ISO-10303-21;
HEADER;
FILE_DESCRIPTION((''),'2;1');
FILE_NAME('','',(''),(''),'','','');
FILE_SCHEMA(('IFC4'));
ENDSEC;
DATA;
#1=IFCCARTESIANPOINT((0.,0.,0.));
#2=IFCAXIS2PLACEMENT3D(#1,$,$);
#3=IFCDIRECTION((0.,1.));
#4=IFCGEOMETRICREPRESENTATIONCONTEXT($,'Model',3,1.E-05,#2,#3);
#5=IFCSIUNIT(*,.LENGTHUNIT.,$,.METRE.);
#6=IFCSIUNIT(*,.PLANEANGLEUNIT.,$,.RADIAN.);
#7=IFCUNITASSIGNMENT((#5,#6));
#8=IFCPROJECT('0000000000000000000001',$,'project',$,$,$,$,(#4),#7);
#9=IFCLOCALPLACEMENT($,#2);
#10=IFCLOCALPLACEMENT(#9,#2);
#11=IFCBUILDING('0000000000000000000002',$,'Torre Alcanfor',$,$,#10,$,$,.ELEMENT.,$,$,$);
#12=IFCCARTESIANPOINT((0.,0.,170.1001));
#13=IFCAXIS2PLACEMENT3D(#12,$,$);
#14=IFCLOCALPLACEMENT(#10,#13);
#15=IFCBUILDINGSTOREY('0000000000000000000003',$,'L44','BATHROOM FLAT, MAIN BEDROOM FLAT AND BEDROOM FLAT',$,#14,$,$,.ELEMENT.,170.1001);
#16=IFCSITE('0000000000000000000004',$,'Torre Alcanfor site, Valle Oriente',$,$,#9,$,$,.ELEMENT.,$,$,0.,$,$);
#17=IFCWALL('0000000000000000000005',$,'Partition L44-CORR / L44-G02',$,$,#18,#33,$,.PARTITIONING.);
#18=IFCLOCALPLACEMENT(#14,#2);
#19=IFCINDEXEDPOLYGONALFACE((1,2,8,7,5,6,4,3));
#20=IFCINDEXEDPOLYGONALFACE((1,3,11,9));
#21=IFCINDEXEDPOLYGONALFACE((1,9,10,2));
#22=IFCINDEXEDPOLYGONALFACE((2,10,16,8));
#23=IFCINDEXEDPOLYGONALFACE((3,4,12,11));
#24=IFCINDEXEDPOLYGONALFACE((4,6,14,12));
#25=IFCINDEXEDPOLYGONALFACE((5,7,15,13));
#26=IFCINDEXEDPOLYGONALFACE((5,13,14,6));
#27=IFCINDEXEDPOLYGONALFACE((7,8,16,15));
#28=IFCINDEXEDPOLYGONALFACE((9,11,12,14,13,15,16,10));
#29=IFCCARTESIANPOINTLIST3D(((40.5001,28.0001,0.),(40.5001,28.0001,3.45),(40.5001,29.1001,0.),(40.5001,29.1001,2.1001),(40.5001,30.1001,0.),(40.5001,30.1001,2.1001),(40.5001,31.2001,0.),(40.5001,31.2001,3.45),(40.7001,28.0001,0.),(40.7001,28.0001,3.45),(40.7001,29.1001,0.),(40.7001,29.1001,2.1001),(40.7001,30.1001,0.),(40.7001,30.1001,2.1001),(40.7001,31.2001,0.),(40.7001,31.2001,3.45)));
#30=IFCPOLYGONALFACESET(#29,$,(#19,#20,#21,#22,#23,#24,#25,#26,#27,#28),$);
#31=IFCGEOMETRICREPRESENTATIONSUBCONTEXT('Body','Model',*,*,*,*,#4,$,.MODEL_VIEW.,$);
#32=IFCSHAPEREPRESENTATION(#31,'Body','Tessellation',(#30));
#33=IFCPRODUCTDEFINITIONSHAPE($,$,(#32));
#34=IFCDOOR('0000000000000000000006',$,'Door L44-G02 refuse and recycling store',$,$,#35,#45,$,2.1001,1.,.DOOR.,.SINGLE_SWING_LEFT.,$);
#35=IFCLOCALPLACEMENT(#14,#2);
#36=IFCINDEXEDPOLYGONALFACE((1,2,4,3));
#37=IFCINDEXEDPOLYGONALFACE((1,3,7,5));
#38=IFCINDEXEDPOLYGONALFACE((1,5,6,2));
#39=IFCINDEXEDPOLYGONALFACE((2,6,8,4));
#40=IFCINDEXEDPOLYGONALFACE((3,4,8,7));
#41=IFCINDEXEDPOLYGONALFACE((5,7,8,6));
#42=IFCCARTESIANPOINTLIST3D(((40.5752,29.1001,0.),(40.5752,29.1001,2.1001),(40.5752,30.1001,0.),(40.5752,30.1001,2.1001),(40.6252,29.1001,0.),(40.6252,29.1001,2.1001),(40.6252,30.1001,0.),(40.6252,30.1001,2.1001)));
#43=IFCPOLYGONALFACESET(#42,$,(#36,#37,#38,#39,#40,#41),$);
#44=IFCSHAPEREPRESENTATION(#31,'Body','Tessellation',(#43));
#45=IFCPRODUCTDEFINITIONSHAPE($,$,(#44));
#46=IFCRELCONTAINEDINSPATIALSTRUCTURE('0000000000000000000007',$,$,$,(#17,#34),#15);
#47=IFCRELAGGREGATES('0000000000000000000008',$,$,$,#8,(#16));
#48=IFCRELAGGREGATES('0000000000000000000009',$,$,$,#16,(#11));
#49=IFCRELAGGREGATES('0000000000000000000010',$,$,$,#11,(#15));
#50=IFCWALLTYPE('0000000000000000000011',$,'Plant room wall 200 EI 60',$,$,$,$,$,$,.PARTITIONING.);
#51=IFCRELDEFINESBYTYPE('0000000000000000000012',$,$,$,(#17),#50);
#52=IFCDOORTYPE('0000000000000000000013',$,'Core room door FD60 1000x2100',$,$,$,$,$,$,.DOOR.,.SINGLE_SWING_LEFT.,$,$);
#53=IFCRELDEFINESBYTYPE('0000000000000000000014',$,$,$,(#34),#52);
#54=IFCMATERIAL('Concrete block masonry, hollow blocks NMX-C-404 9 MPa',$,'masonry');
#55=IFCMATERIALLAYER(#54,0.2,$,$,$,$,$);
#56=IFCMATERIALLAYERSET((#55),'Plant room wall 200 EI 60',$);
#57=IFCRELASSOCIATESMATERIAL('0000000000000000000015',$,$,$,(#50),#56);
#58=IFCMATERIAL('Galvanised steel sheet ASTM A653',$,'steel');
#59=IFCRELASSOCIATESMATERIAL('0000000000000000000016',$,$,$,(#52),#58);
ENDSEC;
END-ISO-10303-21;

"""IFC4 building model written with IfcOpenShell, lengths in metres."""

from ifc_helpers import new_model, si_unit, direction, frame, frame_2d, origin, place, context, subcontext, project, spatial, rectangle, extrude, material, layer, layer_set, type_object, element, fill, save


model = new_model("IFC4")

# Units and contexts
model_context = context("Model", 3, precision=1e-05, world=origin(), true_north=direction((0.0, 1.0)))
body_context = subcontext(model_context, "Body", "Model", "MODEL_VIEW")
ifc_project = project(units=[si_unit("LENGTHUNIT", "METRE"), si_unit("PLANEANGLEUNIT", "RADIAN")], contexts=[model_context])

# Site, building, storey
site_placement = place(None, origin())
site = spatial("IfcSite", under=ifc_project, at=site_placement, Name="Torre Alcanfor site, Valle Oriente", CompositionType="ELEMENT", RefElevation=0.0)
building_placement = place(site_placement, origin())
building = spatial("IfcBuilding", under=site, at=building_placement, Name="Torre Alcanfor", CompositionType="ELEMENT")
storey_placement = place(building_placement, frame((0.0, 0.0, 170.1001)))
storey = spatial("IfcBuildingStorey", under=building, at=storey_placement, Name="L44", Description="BATHROOM FLAT, MAIN BEDROOM FLAT AND BEDROOM FLAT", CompositionType="ELEMENT", Elevation=170.1001)

# Shared definitions
ifc_material_1 = material(Name="Concrete block masonry, hollow blocks NMX-C-404 9 MPa", Category="masonry")
ifc_layer_1 = layer(ifc_material_1, 0.2)
ifc_layer_set_1 = layer_set([ifc_layer_1], Name="Plant room wall 200 EI 60")
wall_type_1 = type_object("IfcWallType", Name="Plant room wall 200 EI 60", PredefinedType="PARTITIONING", material=ifc_layer_set_1)

# Wall, opening, door
wall_1_placement = place(storey_placement, frame((40.6001, 28.0, 0.0), z_axis=(0.0, 0.0, 1.0), x_axis=(0.0, 1.0, 0.0)))
wall_1 = element("IfcWall", 1, at=wall_1_placement, inside=storey, type_object=wall_type_1, Name="Partition L44-CORR / L44-G02", PredefinedType="PARTITIONING", context=body_context, shape_type="SweptSolid", body=[
    extrude(rectangle(XDim=3.2, YDim=0.2, at=frame_2d((1.6001, 0.0))), origin(), (0.0, 0.0, 1.0), 3.45),
])
opening_1_placement = place(wall_1_placement, frame((1.1001, 0.0, 0.0)))
opening_1 = element("IfcOpeningElement", 2, at=opening_1_placement, cuts=wall_1, PredefinedType="OPENING", context=body_context, shape_type="SweptSolid", body=[
    extrude(rectangle(XDim=1.0, YDim=2.1001, at=frame_2d((0.5, 1.05))), frame((0.0, 0.1099, 0.0), z_axis=(0.0, -1.0, 0.0), x_axis=(1.0, 0.0, 0.0)), (0.0, 0.0, 1.0), 0.22),
])
ifc_material_2 = material(Name="Galvanised steel sheet ASTM A653", Category="steel")
door_type_1 = type_object("IfcDoorType", Name="Core room door FD60 1000x2100", OperationType="SINGLE_SWING_LEFT", PredefinedType="DOOR", material=ifc_material_2)
door_1_placement = place(opening_1_placement, origin())
door_1 = element("IfcDoor", 3, at=door_1_placement, inside=storey, type_object=door_type_1, Name="Door L44-G02 refuse and recycling store", OperationType="SINGLE_SWING_LEFT", OverallHeight=2.1001, OverallWidth=1.0, PredefinedType="DOOR", context=body_context, shape_type="SweptSolid", body=[
    extrude(rectangle(XDim=1.0, YDim=2.1001, at=frame_2d((0.5, 1.05))), frame((0.0, 0.0249, 0.0), z_axis=(0.0, -1.0, 0.0), x_axis=(1.0, 0.0, 0.0)), (0.0, 0.0, 1.0), 0.05),
])
fill(opening_1, door_1)

save(model, "model.ifc")
